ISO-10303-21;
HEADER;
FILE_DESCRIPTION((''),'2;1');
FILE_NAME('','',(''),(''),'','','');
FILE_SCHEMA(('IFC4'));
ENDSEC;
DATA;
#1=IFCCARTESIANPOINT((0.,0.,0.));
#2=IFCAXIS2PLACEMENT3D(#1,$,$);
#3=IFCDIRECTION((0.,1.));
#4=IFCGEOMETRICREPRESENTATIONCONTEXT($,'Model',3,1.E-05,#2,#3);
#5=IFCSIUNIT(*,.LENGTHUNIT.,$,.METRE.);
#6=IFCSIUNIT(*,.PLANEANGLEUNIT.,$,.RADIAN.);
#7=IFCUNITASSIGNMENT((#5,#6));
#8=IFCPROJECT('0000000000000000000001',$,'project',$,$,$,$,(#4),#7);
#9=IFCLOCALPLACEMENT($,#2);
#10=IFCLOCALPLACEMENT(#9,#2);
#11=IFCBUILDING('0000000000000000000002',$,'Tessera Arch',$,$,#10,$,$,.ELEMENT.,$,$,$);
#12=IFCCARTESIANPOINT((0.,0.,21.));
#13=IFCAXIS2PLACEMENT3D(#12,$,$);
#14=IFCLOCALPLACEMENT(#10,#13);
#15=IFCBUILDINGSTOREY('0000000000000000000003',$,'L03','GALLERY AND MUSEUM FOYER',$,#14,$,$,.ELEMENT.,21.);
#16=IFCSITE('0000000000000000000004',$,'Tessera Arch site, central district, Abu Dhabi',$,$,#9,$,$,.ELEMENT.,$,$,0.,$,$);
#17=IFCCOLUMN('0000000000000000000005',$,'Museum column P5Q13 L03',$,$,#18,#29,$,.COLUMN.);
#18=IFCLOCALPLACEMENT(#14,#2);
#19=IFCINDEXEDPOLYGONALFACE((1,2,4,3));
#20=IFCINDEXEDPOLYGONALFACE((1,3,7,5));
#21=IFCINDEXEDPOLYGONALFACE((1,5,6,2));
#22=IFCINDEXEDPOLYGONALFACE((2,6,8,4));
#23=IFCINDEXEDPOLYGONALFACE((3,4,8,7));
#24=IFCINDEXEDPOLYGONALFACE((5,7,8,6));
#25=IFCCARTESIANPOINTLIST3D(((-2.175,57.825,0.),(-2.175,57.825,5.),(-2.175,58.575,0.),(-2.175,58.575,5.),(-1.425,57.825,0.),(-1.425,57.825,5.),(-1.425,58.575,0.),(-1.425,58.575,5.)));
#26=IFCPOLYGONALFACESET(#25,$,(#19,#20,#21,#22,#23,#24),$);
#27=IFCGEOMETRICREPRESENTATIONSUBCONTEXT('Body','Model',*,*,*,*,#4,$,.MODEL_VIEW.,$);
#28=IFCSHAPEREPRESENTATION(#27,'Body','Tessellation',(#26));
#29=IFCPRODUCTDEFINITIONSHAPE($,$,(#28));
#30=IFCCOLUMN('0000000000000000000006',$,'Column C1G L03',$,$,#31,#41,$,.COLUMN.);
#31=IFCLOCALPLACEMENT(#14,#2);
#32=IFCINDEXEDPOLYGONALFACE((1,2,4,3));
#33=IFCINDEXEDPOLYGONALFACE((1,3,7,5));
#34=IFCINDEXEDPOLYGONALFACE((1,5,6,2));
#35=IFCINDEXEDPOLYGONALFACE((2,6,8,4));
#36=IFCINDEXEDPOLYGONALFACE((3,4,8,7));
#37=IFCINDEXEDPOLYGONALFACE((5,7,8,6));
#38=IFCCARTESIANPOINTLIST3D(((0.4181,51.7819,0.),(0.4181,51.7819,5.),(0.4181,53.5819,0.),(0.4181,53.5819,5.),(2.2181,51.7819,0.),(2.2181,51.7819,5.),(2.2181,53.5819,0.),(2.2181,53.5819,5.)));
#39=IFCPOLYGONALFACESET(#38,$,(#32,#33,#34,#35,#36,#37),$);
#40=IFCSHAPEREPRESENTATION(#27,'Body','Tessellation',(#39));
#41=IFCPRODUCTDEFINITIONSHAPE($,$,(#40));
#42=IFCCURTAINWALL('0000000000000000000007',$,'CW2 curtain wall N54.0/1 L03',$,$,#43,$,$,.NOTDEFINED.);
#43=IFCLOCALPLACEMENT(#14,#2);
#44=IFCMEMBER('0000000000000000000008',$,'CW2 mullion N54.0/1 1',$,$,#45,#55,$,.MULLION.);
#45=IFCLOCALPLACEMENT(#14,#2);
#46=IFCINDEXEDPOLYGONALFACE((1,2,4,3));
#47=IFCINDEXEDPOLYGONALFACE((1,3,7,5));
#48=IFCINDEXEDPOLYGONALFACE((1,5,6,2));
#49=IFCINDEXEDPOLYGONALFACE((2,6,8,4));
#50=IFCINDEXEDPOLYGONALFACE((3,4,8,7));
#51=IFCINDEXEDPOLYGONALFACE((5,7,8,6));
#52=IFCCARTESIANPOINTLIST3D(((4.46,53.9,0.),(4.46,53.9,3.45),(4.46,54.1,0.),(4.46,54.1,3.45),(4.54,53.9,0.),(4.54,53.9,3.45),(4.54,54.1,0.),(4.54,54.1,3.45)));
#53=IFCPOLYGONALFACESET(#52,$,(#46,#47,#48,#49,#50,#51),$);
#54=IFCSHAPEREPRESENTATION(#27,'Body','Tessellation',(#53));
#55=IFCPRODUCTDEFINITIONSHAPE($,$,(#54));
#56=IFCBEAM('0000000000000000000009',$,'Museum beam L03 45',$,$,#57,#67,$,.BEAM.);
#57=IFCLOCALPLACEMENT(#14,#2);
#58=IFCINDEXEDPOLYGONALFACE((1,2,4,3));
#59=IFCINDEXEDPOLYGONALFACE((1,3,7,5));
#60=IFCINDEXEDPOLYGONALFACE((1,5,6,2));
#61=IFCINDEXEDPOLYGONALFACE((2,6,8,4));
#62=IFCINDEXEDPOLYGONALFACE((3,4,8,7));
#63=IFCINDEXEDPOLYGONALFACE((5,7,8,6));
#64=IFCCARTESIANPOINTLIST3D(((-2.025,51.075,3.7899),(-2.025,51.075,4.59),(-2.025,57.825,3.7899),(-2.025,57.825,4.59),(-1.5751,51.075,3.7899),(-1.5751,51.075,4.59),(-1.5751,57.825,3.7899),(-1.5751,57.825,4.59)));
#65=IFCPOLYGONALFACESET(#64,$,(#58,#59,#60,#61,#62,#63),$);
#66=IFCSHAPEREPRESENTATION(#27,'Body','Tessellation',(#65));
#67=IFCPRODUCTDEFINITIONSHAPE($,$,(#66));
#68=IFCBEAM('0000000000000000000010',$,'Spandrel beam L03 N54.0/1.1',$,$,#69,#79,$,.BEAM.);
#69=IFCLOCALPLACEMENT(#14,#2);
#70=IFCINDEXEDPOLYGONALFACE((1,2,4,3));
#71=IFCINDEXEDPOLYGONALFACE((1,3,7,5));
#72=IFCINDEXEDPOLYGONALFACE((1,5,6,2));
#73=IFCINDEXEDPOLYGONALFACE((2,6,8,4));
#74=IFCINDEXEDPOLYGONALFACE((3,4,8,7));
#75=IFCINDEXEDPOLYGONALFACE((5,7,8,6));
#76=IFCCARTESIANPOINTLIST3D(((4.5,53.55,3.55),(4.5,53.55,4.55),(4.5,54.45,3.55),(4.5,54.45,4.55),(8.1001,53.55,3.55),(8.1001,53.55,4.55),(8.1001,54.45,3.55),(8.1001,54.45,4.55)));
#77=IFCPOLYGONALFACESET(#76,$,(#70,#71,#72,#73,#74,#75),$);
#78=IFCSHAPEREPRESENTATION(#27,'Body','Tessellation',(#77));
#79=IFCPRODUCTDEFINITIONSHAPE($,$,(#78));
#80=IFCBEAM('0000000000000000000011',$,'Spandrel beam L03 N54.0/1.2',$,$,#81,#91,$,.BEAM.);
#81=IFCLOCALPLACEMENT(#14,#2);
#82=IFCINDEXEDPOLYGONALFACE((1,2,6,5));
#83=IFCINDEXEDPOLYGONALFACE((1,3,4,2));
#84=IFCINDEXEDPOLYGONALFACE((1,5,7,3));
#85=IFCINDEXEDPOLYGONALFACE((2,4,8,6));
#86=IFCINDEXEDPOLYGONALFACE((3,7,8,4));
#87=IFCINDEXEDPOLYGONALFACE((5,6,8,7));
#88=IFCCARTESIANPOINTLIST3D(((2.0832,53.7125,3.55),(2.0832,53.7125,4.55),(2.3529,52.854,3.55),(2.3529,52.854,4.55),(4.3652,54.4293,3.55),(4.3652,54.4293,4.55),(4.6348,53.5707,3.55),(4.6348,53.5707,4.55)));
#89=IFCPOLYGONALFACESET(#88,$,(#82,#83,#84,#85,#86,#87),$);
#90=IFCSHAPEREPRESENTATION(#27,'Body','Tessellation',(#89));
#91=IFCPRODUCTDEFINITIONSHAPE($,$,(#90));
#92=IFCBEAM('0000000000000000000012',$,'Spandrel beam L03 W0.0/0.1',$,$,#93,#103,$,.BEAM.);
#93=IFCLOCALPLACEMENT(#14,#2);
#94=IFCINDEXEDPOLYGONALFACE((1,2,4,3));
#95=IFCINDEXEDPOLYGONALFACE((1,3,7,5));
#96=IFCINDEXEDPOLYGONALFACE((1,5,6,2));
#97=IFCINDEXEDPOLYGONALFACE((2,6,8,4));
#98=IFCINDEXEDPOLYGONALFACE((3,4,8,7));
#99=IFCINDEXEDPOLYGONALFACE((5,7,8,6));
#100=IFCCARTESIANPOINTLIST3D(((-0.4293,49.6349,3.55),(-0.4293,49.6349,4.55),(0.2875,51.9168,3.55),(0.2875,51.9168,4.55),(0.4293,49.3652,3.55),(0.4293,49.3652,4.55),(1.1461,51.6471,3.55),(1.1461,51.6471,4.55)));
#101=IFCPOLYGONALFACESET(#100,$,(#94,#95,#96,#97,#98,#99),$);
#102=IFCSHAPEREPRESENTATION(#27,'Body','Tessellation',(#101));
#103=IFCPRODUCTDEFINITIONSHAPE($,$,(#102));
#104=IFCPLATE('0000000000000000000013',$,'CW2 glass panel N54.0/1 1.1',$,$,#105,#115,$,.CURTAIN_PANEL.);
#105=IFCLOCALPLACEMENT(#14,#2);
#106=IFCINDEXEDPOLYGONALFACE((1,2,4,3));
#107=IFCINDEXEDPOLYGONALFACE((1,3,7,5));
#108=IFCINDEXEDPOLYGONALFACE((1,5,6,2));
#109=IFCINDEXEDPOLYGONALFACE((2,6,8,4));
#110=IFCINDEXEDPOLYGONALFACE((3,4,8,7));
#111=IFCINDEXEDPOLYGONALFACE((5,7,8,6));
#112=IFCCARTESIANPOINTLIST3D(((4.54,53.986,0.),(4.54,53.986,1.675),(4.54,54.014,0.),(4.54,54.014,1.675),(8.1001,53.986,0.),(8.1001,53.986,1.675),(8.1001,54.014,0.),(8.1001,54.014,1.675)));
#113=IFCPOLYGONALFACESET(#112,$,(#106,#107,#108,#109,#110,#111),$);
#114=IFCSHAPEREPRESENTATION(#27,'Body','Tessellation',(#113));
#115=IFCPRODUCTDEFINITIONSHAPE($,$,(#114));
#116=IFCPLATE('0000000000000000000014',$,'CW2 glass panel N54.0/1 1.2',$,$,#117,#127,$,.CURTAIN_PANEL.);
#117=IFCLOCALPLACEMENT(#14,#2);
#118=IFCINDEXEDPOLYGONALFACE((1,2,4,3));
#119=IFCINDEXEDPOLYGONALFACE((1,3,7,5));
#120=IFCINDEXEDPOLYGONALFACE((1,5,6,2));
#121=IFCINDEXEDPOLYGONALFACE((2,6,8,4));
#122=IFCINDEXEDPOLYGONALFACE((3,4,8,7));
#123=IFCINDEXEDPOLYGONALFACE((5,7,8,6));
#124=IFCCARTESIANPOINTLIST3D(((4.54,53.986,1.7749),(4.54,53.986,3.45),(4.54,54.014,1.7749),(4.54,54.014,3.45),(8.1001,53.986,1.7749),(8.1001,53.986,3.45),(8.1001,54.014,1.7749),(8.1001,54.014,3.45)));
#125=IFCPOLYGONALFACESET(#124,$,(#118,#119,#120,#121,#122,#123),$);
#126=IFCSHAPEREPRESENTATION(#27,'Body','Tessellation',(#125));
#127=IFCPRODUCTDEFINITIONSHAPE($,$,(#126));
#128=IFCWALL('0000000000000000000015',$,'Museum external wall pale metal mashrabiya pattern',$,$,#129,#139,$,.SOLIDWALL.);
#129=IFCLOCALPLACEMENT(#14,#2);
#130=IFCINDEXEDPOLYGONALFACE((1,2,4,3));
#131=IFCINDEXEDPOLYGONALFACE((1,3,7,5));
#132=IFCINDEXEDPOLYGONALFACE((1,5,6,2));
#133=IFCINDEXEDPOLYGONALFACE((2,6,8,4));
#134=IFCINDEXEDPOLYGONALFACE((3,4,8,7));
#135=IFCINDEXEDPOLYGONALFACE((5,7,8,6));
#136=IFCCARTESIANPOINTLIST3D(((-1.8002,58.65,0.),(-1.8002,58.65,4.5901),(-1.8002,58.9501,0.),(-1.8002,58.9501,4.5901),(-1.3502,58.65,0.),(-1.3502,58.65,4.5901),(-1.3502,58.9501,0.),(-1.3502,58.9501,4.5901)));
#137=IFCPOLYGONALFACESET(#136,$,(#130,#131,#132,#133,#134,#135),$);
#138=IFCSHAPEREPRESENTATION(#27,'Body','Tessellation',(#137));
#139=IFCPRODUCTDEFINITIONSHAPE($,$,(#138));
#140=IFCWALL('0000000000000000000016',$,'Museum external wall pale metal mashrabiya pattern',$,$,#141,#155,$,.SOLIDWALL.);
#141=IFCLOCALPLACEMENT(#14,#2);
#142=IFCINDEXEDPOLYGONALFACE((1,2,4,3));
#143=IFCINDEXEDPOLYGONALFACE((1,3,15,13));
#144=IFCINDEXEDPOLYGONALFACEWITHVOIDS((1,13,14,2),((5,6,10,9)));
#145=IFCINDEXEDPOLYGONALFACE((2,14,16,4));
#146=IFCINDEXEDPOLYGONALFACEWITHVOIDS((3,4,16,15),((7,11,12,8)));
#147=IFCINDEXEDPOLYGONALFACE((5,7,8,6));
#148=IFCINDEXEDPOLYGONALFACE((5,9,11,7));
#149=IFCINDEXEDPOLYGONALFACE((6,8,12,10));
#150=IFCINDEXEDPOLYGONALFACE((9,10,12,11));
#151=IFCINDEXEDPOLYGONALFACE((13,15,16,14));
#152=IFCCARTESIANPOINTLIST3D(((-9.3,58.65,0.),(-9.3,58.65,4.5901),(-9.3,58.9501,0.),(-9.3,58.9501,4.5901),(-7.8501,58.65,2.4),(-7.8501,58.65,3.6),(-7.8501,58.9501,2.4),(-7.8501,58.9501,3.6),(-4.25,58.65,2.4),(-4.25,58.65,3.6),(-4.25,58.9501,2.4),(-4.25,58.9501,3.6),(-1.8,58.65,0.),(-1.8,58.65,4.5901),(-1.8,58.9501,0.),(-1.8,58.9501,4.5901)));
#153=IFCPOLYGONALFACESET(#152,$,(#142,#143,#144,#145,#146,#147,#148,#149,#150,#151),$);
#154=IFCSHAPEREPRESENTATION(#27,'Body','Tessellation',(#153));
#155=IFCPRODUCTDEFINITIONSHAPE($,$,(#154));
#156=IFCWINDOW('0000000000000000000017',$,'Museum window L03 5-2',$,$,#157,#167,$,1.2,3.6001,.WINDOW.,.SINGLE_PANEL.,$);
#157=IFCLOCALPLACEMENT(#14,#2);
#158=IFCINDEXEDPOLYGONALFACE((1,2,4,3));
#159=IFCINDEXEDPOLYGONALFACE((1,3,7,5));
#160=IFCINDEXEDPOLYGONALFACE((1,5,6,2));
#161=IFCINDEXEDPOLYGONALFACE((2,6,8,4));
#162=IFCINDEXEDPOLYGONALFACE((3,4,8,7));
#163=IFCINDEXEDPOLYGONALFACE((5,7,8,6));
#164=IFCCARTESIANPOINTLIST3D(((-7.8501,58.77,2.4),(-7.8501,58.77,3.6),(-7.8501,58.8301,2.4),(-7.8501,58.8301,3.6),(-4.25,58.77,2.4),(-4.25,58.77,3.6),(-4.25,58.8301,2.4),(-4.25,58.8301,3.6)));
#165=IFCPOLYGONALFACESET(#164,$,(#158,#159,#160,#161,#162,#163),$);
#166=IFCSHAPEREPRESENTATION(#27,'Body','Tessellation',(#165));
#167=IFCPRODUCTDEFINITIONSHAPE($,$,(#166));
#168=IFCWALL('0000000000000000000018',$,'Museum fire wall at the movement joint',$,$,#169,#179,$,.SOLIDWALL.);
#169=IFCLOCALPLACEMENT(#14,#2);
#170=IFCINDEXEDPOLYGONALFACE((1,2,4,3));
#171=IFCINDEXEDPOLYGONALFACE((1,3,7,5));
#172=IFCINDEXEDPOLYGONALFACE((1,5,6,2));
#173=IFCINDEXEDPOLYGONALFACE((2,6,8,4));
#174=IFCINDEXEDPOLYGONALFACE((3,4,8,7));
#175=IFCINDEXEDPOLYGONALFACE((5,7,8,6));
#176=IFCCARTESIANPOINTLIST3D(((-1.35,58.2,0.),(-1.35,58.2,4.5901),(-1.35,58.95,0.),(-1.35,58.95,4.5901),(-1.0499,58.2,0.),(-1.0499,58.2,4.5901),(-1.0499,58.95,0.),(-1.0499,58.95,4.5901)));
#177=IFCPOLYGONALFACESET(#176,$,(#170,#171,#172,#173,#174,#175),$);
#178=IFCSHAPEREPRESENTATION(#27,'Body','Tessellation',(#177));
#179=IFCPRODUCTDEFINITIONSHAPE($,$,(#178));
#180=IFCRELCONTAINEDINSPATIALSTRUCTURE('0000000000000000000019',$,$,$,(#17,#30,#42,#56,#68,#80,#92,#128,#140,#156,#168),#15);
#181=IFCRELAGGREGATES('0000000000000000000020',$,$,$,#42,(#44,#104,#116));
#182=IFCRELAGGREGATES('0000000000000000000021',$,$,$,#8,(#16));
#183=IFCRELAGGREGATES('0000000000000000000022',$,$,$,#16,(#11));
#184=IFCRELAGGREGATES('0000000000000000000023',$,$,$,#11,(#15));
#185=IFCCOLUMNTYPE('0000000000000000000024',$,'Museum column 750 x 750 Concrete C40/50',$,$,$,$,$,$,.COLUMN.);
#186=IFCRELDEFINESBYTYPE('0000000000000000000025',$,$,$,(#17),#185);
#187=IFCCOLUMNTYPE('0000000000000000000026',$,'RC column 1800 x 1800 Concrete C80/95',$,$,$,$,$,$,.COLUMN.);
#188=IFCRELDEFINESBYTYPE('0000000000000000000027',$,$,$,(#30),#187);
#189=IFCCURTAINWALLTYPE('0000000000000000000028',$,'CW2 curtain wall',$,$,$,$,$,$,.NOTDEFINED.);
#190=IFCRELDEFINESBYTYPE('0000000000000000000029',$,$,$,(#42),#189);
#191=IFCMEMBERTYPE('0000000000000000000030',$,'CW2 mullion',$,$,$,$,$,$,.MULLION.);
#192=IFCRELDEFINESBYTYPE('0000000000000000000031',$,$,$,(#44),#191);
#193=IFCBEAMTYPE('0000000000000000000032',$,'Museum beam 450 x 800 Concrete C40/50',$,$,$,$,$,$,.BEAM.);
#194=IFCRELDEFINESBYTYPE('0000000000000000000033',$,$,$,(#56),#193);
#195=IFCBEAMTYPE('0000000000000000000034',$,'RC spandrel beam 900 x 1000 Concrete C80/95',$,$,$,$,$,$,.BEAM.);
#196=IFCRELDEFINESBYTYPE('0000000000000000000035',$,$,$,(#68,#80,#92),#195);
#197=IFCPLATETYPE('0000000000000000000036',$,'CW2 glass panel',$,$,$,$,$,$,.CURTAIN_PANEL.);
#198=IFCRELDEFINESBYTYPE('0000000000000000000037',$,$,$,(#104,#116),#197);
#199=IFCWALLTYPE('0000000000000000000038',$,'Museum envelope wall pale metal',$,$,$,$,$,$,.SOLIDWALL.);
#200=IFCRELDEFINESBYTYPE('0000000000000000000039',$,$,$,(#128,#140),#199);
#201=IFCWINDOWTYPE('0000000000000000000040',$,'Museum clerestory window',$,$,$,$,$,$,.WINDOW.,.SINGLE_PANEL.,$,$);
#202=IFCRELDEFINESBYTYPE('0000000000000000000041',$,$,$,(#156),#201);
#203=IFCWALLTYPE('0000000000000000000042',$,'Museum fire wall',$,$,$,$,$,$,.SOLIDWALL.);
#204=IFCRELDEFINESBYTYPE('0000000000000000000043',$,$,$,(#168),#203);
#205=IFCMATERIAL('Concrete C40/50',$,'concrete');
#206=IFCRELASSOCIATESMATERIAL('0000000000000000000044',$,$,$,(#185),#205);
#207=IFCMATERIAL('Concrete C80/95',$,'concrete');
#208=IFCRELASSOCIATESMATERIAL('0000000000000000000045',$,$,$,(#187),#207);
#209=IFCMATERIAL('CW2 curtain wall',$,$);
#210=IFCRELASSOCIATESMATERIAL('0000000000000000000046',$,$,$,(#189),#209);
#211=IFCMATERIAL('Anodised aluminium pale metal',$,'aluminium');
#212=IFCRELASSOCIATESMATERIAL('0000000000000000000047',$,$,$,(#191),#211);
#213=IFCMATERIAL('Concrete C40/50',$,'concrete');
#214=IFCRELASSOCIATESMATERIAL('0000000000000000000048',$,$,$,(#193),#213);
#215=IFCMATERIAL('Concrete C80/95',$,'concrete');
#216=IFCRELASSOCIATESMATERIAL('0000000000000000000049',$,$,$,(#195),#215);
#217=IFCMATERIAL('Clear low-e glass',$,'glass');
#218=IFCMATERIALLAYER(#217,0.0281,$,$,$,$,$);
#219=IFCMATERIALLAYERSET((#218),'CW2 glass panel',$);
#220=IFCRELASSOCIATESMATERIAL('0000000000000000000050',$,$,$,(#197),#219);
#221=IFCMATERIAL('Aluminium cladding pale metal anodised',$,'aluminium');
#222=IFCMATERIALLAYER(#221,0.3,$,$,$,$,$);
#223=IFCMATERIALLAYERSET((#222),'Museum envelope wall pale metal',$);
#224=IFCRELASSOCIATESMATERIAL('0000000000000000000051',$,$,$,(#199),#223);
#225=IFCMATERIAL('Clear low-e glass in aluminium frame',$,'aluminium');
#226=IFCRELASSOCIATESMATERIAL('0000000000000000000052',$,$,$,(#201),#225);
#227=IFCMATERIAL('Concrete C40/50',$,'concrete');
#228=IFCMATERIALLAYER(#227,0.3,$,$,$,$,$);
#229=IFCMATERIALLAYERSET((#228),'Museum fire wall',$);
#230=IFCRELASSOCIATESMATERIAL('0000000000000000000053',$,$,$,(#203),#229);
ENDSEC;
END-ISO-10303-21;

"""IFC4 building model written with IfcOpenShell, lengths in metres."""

from ifc_helpers import new_model, si_unit, direction, frame, frame_2d, origin, origin_2d, place, context, subcontext, project, spatial, rectangle, extrude, material, layer, layer_set, material_profile, profile_set, type_object, element, fill, aggregate, save


model = new_model("IFC4")

# Units and contexts
model_context = context("Model", 3, precision=1e-05, world=origin(), true_north=direction((0.0, 1.0)))
body_context = subcontext(model_context, "Body", "Model", "MODEL_VIEW")
ifc_project = project(units=[si_unit("LENGTHUNIT", "METRE"), si_unit("PLANEANGLEUNIT", "RADIAN")], contexts=[model_context])

# Site, building, storey
site_placement = place(None, origin())
site = spatial("IfcSite", under=ifc_project, at=site_placement, Name="Tessera Arch site, central district, Abu Dhabi", CompositionType="ELEMENT", RefElevation=0.0)
building_placement = place(site_placement, origin())
building = spatial("IfcBuilding", under=site, at=building_placement, Name="Tessera Arch", CompositionType="ELEMENT")
storey_placement = place(building_placement, frame((0.0, 0.0, 21.0)))
storey = spatial("IfcBuildingStorey", under=building, at=storey_placement, Name="L03", Description="GALLERY AND MUSEUM FOYER", CompositionType="ELEMENT", Elevation=21.0)

# Columns
ifc_material_1 = material(Name="Concrete C40/50", Category="concrete")
ifc_material_profile_1 = material_profile(ifc_material_1, rectangle(XDim=0.75, YDim=0.75, at=origin_2d()), Name="Museum column 750 x 750 Concrete C40/50")
ifc_profile_set_1 = profile_set([ifc_material_profile_1], Name="Concrete C40/50")
column_type_1 = type_object("IfcColumnType", Name="Museum column 750 x 750 Concrete C40/50", PredefinedType="COLUMN", material=ifc_profile_set_1)
column_1_placement = place(storey_placement, frame((-1.8, 58.2, 0.0), z_axis=(0.0, 0.0, 1.0), x_axis=(1.0, 0.0, 0.0)))
element("IfcColumn", 1, at=column_1_placement, inside=storey, type_object=column_type_1, Name="Museum column P5Q13 L03", PredefinedType="COLUMN", context=body_context, shape_type="SweptSolid", body=[
    extrude(rectangle(XDim=0.75, YDim=0.75, at=origin_2d()), origin(), (0.0, 0.0, 1.0), 5.0),
])
ifc_material_2 = material(Name="Concrete C80/95", Category="concrete")
ifc_material_profile_2 = material_profile(ifc_material_2, rectangle(XDim=1.8, YDim=1.8, at=origin_2d()), Name="RC column 1800 x 1800 Concrete C80/95")
ifc_profile_set_2 = profile_set([ifc_material_profile_2], Name="Concrete C80/95")
column_type_2 = type_object("IfcColumnType", Name="RC column 1800 x 1800 Concrete C80/95", PredefinedType="COLUMN", material=ifc_profile_set_2)
column_2_placement = place(storey_placement, frame((1.3181, 52.6819, 0.0), z_axis=(0.0, 0.0, 1.0), x_axis=(1.0, 0.0, 0.0)))
element("IfcColumn", 2, at=column_2_placement, inside=storey, type_object=column_type_2, Name="Column C1G L03", PredefinedType="COLUMN", context=body_context, shape_type="SweptSolid", body=[
    extrude(rectangle(XDim=1.8, YDim=1.8, at=origin_2d()), origin(), (0.0, 0.0, 1.0), 5.0),
])

# Curtain wall, member
ifc_material_3 = material(Name="CW2 curtain wall")
curtain_wall_type = type_object("IfcCurtainWallType", Name="CW2 curtain wall", PredefinedType="NOTDEFINED", material=ifc_material_3)
curtain_wall_placement = place(storey_placement, origin())
curtain_wall = element("IfcCurtainWall", 3, at=curtain_wall_placement, inside=storey, type_object=curtain_wall_type, Name="CW2 curtain wall N54.0/1 L03", PredefinedType="NOTDEFINED")
ifc_material_4 = material(Name="Anodised aluminium pale metal", Category="aluminium")
ifc_material_profile_3 = material_profile(ifc_material_4, rectangle(XDim=0.2, YDim=0.0801, at=origin_2d()), Name="AL 80x200")
ifc_profile_set_3 = profile_set([ifc_material_profile_3], Name="Anodised aluminium pale metal")
member_type = type_object("IfcMemberType", Name="CW2 mullion", PredefinedType="MULLION", material=ifc_profile_set_3)
member_placement = place(storey_placement, frame((4.5, 54.0, 0.0), z_axis=(0.0, 0.0, 1.0), x_axis=(0.0, -1.0, 0.0)))
member = element("IfcMember", 4, at=member_placement, type_object=member_type, Name="CW2 mullion N54.0/1 1", PredefinedType="MULLION", context=body_context, shape_type="SweptSolid", body=[
    extrude(rectangle(XDim=0.2, YDim=0.0801, at=origin_2d()), origin(), (0.0, 0.0, 1.0), 3.45),
])

# Beams
ifc_material_5 = material(Name="Concrete C40/50", Category="concrete")
ifc_material_profile_4 = material_profile(ifc_material_5, rectangle(XDim=0.45, YDim=0.8, at=origin_2d()), Name="Museum beam 450 x 800 Concrete C40/50")
ifc_profile_set_4 = profile_set([ifc_material_profile_4], Name="Concrete C40/50")
beam_type_1 = type_object("IfcBeamType", Name="Museum beam 450 x 800 Concrete C40/50", PredefinedType="BEAM", material=ifc_profile_set_4)
beam_1_placement = place(storey_placement, frame((-1.8, 51.075, 4.1899), z_axis=(0.0, 1.0, 0.0), x_axis=(-1.0, 0.0, 0.0)))
element("IfcBeam", 5, at=beam_1_placement, inside=storey, type_object=beam_type_1, Name="Museum beam L03 45", PredefinedType="BEAM", context=body_context, shape_type="SweptSolid", body=[
    extrude(rectangle(XDim=0.45, YDim=0.8, at=origin_2d()), origin(), (0.0, 0.0, 1.0), 6.75),
])
ifc_material_6 = material(Name="Concrete C80/95", Category="concrete")
ifc_material_profile_5 = material_profile(ifc_material_6, rectangle(XDim=0.8999, YDim=1.0, at=origin_2d()), Name="RC spandrel beam 900 x 1000 Concrete C80/95")
ifc_profile_set_5 = profile_set([ifc_material_profile_5], Name="Concrete C80/95")
beam_type_2 = type_object("IfcBeamType", Name="RC spandrel beam 900 x 1000 Concrete C80/95", PredefinedType="BEAM", material=ifc_profile_set_5)
beam_2_placement = place(storey_placement, frame((8.1001, 54.0, 4.05), z_axis=(-1.0, 0.0, 0.0), x_axis=(0.0, -1.0, 0.0)))
element("IfcBeam", 6, at=beam_2_placement, inside=storey, type_object=beam_type_2, Name="Spandrel beam L03 N54.0/1.1", PredefinedType="BEAM", context=body_context, shape_type="SweptSolid", body=[
    extrude(rectangle(XDim=0.8999, YDim=1.0, at=origin_2d()), origin(), (0.0, 0.0, 1.0), 3.6001),
])
for number, where, z_axis, x_axis, name in (
    (7, (4.5, 54.0, 4.05), (-0.954041, -0.299675, 0.0), (0.299675, -0.954041, 0.0), "Spandrel beam L03 N54.0/1.2"),
    (8, (0.7168, 51.782, 4.05), (-0.299675, -0.954041, 0.0), (0.954041, -0.299675, 0.0), "Spandrel beam L03 W0.0/0.1"),
):
    element("IfcBeam", number, at=place(storey_placement, frame(where, z_axis=z_axis, x_axis=x_axis)), inside=storey, type_object=beam_type_2, Name=name, PredefinedType="BEAM", context=body_context, shape_type="SweptSolid", body=[
        extrude(rectangle(XDim=0.8999, YDim=1.0, at=origin_2d()), origin(), (0.0, 0.0, 1.0), 2.3918),
    ])

# Plates
ifc_material_7 = material(Name="Clear low-e glass", Category="glass")
ifc_layer_1 = layer(ifc_material_7, 0.0281)
ifc_layer_set_1 = layer_set([ifc_layer_1], Name="CW2 glass panel")
plate_type = type_object("IfcPlateType", Name="CW2 glass panel", PredefinedType="CURTAIN_PANEL", material=ifc_layer_set_1)
plate_1_placement = place(storey_placement, frame((6.3201, 54.0, 0.0), z_axis=(0.0, 0.0, 1.0), x_axis=(-1.0, 0.0, 0.0)))
plate_1 = element("IfcPlate", 9, at=plate_1_placement, type_object=plate_type, Name="CW2 glass panel N54.0/1 1.1", PredefinedType="CURTAIN_PANEL", context=body_context, shape_type="SweptSolid", body=[
    extrude(rectangle(XDim=3.5601, YDim=0.0281, at=origin_2d()), origin(), (0.0, 0.0, 1.0), 1.675),
])
plate_2_placement = place(storey_placement, frame((6.3201, 54.0, 1.7749), z_axis=(0.0, 0.0, 1.0), x_axis=(-1.0, 0.0, 0.0)))
plate_2 = element("IfcPlate", 10, at=plate_2_placement, type_object=plate_type, Name="CW2 glass panel N54.0/1 1.2", PredefinedType="CURTAIN_PANEL", context=body_context, shape_type="SweptSolid", body=[
    extrude(rectangle(XDim=3.5601, YDim=0.0281, at=origin_2d()), origin(), (0.0, 0.0, 1.0), 1.675),
])
aggregate(curtain_wall, [member, plate_1, plate_2])

# Wall
ifc_material_8 = material(Name="Aluminium cladding pale metal anodised", Category="aluminium")
ifc_layer_2 = layer(ifc_material_8, 0.3)
ifc_layer_set_2 = layer_set([ifc_layer_2], Name="Museum envelope wall pale metal")
wall_type_1 = type_object("IfcWallType", Name="Museum envelope wall pale metal", PredefinedType="SOLIDWALL", material=ifc_layer_set_2)
wall_1_placement = place(storey_placement, frame((-1.3501, 58.8, 0.0), z_axis=(0.0, 0.0, 1.0), x_axis=(-1.0, 0.0, 0.0)))
element("IfcWall", 11, at=wall_1_placement, inside=storey, type_object=wall_type_1, Name="Museum external wall pale metal mashrabiya pattern", PredefinedType="SOLIDWALL", context=body_context, shape_type="SweptSolid", body=[
    extrude(rectangle(XDim=0.45, YDim=0.3, at=frame_2d((0.2251, 0.0))), origin(), (0.0, 0.0, 1.0), 4.5901),
])

# Wall, opening, window
wall_2_placement = place(storey_placement, frame((-1.8, 58.8, 0.0), z_axis=(0.0, 0.0, 1.0), x_axis=(-1.0, 0.0, 0.0)))
wall_2 = element("IfcWall", 12, at=wall_2_placement, inside=storey, type_object=wall_type_1, Name="Museum external wall pale metal mashrabiya pattern", PredefinedType="SOLIDWALL", context=body_context, shape_type="SweptSolid", body=[
    extrude(rectangle(XDim=7.5, YDim=0.3, at=frame_2d((3.75, 0.0))), origin(), (0.0, 0.0, 1.0), 4.5901),
])
opening_placement = place(wall_2_placement, frame((2.45, 0.0, 2.3999)))
opening = element("IfcOpeningElement", 13, at=opening_placement, cuts=wall_2, PredefinedType="OPENING", context=body_context, shape_type="SweptSolid", body=[
    extrude(rectangle(XDim=3.6001, YDim=1.2, at=frame_2d((1.8, 0.6001))), frame((0.0, 0.1599, 0.0), z_axis=(0.0, -1.0, 0.0), x_axis=(1.0, 0.0, 0.0)), (0.0, 0.0, 1.0), 0.3201),
])
ifc_material_9 = material(Name="Clear low-e glass in aluminium frame", Category="aluminium")
window_type = type_object("IfcWindowType", Name="Museum clerestory window", PartitioningType="SINGLE_PANEL", PredefinedType="WINDOW", material=ifc_material_9)
window_placement = place(opening_placement, origin())
window = element("IfcWindow", 14, at=window_placement, inside=storey, type_object=window_type, Name="Museum window L03 5-2", OverallHeight=1.2, OverallWidth=3.6001, PartitioningType="SINGLE_PANEL", PredefinedType="WINDOW", context=body_context, shape_type="SweptSolid", body=[
    extrude(rectangle(XDim=3.6001, YDim=1.2, at=frame_2d((1.8, 0.6001))), frame((0.0, 0.03, 0.0), z_axis=(0.0, -1.0, 0.0), x_axis=(1.0, 0.0, 0.0)), (0.0, 0.0, 1.0), 0.0601),
])
fill(opening, window)

# Wall
ifc_material_10 = material(Name="Concrete C40/50", Category="concrete")
ifc_layer_3 = layer(ifc_material_10, 0.3)
ifc_layer_set_3 = layer_set([ifc_layer_3], Name="Museum fire wall")
wall_type_2 = type_object("IfcWallType", Name="Museum fire wall", PredefinedType="SOLIDWALL", material=ifc_layer_set_3)
wall_3_placement = place(storey_placement, frame((-1.2, 58.2, 0.0), z_axis=(0.0, 0.0, 1.0), x_axis=(0.0, 1.0, 0.0)))
element("IfcWall", 15, at=wall_3_placement, inside=storey, type_object=wall_type_2, Name="Museum fire wall at the movement joint", PredefinedType="SOLIDWALL", context=body_context, shape_type="SweptSolid", body=[
    extrude(rectangle(XDim=0.75, YDim=0.3, at=frame_2d((0.375, 0.0))), origin(), (0.0, 0.0, 1.0), 4.5901),
])

save(model, "model.ifc")
